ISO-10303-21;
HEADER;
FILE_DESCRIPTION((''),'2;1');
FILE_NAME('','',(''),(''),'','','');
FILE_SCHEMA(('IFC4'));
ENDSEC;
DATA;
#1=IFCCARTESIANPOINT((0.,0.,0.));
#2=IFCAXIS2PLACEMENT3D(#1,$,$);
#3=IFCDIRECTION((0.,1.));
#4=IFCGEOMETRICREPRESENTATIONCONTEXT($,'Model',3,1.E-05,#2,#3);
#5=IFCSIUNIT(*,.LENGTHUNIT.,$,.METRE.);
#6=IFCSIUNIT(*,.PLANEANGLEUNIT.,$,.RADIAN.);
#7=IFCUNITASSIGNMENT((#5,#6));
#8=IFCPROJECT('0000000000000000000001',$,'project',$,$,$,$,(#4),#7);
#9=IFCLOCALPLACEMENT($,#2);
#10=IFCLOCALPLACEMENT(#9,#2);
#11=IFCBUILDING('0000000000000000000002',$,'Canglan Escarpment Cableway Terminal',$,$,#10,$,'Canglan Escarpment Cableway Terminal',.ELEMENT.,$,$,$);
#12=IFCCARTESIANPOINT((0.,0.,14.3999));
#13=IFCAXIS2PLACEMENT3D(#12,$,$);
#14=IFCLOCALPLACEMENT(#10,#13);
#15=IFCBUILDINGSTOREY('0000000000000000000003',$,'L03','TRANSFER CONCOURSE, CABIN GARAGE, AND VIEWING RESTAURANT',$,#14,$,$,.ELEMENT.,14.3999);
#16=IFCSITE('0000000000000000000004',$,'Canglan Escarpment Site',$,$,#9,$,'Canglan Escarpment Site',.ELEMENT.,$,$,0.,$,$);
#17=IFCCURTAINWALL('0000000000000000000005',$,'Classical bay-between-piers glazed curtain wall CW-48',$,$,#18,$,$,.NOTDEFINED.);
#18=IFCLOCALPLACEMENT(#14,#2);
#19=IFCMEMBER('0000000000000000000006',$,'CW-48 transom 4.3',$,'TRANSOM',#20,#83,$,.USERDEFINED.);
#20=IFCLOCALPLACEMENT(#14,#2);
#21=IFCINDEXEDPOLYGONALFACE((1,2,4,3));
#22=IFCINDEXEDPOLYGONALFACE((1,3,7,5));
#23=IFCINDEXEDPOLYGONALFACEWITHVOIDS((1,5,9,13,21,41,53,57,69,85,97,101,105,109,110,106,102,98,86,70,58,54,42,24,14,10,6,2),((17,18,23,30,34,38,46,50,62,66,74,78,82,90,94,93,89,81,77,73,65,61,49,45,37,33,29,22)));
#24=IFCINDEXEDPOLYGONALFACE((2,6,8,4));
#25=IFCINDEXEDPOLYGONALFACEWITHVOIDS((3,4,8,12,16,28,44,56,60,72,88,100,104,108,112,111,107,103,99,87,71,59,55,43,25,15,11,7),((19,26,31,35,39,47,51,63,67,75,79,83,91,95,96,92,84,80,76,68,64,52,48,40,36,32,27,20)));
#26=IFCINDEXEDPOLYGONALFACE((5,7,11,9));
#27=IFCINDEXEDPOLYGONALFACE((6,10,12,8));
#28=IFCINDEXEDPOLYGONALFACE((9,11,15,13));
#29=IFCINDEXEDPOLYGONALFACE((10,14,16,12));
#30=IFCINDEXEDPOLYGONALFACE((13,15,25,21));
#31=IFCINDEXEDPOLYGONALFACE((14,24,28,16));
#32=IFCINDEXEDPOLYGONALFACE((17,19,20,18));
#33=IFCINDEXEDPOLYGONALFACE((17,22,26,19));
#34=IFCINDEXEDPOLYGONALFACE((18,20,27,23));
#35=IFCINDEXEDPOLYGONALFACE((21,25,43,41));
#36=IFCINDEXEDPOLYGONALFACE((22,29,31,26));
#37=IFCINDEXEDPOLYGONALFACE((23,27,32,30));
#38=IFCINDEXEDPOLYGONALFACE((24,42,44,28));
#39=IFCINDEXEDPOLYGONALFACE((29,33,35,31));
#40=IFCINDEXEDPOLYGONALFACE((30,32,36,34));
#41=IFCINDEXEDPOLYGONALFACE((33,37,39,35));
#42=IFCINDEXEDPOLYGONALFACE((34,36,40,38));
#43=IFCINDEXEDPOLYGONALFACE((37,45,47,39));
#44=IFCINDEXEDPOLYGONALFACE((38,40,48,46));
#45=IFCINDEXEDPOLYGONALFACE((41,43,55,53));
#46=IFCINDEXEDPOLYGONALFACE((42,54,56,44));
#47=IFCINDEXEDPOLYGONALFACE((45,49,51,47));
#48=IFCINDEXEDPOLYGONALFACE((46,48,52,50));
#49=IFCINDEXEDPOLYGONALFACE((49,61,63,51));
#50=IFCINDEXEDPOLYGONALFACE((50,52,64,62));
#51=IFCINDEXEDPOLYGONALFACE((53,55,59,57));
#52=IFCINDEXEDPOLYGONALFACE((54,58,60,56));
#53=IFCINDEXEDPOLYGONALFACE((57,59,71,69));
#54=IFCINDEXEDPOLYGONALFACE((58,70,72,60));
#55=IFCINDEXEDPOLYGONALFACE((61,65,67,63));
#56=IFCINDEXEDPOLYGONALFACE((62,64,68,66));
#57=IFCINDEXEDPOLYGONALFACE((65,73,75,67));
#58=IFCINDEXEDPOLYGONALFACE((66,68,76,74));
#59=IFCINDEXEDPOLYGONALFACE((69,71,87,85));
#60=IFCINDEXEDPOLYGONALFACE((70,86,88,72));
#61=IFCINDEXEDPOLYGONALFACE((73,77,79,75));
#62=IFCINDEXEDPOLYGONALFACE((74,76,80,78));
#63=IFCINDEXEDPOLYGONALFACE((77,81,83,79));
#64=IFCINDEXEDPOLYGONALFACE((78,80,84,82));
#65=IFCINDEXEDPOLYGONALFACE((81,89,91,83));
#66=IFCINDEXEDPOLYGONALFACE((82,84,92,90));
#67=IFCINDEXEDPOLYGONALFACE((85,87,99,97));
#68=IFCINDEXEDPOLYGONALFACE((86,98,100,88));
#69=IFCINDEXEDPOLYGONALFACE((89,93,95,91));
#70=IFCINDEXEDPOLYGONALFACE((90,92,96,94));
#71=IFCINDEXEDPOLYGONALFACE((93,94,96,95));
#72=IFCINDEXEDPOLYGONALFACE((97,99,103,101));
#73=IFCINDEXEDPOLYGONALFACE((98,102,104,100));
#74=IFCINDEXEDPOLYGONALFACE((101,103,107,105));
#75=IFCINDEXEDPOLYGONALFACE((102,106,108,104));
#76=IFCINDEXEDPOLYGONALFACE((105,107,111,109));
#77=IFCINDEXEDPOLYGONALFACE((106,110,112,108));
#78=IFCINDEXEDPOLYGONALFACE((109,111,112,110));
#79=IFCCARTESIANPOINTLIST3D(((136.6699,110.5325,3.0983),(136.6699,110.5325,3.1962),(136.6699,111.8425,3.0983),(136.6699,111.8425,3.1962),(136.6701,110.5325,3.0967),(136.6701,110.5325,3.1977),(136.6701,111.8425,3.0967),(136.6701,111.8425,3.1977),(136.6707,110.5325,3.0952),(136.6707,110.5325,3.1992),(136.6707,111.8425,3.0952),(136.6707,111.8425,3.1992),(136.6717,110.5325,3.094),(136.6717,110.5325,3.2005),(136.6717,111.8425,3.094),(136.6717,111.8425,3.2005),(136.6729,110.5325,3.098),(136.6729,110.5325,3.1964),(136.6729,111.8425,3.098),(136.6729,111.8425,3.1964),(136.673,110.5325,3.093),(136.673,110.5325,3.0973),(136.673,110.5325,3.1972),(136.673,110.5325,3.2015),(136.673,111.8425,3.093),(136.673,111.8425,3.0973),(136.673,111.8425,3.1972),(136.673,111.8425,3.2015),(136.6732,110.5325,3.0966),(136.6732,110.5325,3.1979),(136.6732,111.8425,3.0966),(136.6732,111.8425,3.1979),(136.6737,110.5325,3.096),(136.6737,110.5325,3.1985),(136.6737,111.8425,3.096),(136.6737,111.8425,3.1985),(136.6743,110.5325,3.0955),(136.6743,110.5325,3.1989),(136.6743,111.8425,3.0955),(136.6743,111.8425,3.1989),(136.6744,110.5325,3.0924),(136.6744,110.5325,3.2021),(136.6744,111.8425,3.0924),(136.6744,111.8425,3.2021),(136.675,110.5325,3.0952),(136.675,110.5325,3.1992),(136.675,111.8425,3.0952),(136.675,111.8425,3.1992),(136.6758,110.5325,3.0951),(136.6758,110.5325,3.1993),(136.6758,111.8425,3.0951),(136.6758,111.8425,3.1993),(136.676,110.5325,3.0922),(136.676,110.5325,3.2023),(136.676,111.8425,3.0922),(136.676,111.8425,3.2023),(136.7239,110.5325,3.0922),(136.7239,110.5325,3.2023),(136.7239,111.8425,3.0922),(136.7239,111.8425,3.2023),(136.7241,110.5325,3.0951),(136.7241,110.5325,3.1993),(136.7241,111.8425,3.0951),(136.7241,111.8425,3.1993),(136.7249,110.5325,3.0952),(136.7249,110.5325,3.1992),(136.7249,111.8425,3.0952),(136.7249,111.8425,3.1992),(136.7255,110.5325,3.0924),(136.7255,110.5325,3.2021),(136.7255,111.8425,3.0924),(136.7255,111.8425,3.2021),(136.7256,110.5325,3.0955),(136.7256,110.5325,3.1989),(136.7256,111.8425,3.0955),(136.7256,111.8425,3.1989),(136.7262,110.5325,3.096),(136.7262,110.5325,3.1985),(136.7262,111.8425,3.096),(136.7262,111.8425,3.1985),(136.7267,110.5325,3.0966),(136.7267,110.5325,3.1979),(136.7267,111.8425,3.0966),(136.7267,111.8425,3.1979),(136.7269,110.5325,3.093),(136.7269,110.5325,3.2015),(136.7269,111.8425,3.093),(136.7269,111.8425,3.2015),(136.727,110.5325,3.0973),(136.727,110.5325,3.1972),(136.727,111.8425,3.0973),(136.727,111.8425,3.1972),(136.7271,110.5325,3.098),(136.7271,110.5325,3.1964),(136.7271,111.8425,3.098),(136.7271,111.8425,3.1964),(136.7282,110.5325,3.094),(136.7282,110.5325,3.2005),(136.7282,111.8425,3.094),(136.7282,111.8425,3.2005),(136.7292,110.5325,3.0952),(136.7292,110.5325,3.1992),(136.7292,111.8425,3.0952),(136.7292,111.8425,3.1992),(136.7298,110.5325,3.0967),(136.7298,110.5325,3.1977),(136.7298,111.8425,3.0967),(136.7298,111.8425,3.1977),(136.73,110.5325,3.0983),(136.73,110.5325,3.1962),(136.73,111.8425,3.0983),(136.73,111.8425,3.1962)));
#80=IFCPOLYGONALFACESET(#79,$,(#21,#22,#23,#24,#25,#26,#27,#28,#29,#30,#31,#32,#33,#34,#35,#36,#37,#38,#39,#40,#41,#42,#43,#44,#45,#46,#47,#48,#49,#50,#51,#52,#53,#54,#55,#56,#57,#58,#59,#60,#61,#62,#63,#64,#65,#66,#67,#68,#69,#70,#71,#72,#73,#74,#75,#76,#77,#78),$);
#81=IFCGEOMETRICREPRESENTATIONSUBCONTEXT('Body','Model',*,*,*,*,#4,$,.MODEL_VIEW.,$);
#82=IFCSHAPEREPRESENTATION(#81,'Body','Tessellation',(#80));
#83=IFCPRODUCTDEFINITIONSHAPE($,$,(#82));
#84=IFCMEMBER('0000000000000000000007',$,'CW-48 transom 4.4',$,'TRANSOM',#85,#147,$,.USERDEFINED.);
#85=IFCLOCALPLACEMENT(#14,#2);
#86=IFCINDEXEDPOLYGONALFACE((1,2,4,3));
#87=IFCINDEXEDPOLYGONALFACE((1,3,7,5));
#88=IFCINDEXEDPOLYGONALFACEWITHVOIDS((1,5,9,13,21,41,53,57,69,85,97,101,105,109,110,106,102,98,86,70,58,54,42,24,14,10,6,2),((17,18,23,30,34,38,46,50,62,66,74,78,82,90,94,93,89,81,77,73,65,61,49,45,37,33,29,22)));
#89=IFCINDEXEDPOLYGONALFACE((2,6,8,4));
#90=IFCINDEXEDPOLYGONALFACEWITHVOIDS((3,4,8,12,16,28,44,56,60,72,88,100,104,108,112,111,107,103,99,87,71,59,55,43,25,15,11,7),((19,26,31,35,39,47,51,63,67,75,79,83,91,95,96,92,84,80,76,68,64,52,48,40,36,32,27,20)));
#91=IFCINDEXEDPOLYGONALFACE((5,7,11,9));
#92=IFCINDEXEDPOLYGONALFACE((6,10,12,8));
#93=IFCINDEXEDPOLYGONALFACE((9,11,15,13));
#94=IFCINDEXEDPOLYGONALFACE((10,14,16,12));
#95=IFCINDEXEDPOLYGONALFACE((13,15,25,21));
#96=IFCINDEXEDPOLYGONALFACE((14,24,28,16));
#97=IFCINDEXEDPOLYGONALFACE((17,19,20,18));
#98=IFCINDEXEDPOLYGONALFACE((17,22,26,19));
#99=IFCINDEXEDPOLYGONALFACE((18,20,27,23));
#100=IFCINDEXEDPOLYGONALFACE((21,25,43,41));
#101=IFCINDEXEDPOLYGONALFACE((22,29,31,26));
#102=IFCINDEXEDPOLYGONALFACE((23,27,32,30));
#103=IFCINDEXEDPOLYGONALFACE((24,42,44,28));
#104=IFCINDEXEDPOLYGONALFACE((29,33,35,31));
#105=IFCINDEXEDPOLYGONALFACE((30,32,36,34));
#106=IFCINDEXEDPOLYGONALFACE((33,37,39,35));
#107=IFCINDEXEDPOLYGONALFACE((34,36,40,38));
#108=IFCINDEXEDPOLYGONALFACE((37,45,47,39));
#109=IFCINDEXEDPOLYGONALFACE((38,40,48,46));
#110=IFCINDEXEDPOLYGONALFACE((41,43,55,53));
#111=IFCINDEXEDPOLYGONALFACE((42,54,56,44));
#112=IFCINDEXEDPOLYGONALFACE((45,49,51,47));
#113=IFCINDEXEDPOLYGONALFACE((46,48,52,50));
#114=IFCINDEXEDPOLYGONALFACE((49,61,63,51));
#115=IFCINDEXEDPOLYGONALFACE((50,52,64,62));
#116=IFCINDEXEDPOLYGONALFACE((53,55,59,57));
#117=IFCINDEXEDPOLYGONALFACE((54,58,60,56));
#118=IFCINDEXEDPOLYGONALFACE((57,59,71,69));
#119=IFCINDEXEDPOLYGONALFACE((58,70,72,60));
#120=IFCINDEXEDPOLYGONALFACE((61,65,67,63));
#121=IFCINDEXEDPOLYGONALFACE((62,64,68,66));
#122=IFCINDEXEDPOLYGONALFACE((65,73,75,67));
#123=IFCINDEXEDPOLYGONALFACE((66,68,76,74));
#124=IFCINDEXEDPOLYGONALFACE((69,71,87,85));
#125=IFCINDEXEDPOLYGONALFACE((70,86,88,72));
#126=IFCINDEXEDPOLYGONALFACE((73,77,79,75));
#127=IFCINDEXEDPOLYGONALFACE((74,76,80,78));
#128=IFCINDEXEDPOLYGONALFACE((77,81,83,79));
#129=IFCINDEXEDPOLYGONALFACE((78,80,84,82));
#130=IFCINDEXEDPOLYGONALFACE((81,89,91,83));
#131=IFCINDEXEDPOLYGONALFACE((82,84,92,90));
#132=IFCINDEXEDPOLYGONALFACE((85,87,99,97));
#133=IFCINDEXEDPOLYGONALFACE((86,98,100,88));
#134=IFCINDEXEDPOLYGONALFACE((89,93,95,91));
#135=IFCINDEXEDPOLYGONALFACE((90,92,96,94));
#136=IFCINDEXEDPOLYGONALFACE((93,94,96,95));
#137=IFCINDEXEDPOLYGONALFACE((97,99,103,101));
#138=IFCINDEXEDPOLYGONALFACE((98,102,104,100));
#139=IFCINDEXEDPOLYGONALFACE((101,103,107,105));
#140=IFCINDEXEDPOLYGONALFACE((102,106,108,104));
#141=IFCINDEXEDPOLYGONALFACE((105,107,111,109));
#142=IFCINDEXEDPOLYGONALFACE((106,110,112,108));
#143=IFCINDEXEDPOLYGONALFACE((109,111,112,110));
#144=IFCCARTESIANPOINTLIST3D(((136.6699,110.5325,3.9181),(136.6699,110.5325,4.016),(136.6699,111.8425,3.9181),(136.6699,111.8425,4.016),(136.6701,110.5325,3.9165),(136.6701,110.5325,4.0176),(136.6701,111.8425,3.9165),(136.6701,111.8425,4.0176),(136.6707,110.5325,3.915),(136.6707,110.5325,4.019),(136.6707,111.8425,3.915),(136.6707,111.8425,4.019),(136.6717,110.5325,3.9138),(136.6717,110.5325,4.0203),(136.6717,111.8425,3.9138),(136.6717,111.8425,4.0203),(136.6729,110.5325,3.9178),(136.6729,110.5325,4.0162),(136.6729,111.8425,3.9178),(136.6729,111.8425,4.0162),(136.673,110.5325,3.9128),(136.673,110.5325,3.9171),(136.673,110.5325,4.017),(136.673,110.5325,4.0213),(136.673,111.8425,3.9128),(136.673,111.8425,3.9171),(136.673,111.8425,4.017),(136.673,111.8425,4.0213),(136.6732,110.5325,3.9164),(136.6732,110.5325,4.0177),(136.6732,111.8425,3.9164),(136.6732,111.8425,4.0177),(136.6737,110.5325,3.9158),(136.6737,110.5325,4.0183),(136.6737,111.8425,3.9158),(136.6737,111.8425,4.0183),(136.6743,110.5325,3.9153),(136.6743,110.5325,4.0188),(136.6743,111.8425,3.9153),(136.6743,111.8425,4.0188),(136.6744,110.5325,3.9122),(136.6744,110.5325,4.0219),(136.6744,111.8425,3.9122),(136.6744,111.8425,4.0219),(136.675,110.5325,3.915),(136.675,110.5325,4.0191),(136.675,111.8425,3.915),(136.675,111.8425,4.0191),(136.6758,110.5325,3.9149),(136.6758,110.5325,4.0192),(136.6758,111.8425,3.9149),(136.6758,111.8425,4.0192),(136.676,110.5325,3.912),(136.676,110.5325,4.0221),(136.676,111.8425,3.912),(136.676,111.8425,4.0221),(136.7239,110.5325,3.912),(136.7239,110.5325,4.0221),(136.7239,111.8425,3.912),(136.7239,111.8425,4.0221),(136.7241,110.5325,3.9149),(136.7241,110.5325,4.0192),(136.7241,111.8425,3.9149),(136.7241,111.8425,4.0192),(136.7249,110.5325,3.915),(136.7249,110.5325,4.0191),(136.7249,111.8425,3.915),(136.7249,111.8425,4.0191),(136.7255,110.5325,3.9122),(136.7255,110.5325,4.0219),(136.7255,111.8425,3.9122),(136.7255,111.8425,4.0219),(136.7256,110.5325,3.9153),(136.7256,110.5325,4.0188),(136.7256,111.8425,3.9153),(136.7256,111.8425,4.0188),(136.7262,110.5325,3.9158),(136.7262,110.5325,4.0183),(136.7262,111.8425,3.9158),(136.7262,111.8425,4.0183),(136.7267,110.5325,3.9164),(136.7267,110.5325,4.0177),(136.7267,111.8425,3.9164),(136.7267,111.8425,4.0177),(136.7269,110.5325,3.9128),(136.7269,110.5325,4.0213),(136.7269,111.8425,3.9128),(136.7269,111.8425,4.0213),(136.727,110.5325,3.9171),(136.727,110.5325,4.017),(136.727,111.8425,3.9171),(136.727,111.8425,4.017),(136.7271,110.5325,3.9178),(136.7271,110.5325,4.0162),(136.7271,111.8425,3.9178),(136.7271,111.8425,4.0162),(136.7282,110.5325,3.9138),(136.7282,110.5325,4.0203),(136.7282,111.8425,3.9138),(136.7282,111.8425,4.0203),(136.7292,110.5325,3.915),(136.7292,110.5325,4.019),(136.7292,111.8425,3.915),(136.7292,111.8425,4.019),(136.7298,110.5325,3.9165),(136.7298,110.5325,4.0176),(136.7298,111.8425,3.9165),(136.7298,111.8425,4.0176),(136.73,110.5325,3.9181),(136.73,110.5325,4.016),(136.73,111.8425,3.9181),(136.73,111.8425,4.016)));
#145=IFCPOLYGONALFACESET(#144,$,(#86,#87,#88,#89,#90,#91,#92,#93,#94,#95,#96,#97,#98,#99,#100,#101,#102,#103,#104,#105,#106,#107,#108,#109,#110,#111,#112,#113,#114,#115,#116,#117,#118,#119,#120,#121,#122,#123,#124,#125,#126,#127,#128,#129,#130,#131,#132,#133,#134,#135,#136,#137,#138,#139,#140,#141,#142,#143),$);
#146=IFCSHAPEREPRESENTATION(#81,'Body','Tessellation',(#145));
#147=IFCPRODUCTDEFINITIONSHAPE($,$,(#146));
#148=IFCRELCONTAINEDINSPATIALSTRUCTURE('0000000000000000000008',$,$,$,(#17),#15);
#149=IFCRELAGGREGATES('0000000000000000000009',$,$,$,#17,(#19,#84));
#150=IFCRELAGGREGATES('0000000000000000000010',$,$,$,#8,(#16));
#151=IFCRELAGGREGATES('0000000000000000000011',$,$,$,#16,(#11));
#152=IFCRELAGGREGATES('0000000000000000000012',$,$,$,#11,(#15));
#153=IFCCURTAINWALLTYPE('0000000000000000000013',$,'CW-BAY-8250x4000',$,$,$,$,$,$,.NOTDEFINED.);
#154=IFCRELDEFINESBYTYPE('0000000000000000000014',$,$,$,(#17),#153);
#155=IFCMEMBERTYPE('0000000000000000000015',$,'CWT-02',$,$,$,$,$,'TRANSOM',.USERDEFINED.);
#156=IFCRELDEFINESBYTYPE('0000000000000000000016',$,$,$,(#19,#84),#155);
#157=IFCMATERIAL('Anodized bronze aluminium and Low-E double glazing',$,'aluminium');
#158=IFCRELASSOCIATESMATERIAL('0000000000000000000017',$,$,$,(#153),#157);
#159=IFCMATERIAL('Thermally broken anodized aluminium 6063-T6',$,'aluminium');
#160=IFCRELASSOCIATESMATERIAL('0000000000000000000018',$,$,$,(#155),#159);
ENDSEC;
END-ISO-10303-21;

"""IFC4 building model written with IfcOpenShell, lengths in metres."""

from ifc_helpers import new_model, si_unit, direction, frame, origin, origin_2d, place, context, subcontext, project, spatial, hollow_rectangle, extrude, material, material_profile, profile_set, type_object, element, aggregate, save


model = new_model("IFC4")

# Units and contexts
model_context = context("Model", 3, precision=1e-05, world=origin(), true_north=direction((0.0, 1.0)))
body_context = subcontext(model_context, "Body", "Model", "MODEL_VIEW")
ifc_project = project(units=[si_unit("LENGTHUNIT", "METRE"), si_unit("PLANEANGLEUNIT", "RADIAN")], contexts=[model_context])

# Site, building, storey
site_placement = place(None, origin())
site = spatial("IfcSite", under=ifc_project, at=site_placement, Name="Canglan Escarpment Site", LongName="Canglan Escarpment Site", CompositionType="ELEMENT", RefElevation=0.0)
building_placement = place(site_placement, origin())
building = spatial("IfcBuilding", under=site, at=building_placement, Name="Canglan Escarpment Cableway Terminal", LongName="Canglan Escarpment Cableway Terminal", CompositionType="ELEMENT")
storey_placement = place(building_placement, frame((0.0, 0.0, 14.3999)))
storey = spatial("IfcBuildingStorey", under=building, at=storey_placement, Name="L03", Description="TRANSFER CONCOURSE, CABIN GARAGE, AND VIEWING RESTAURANT", CompositionType="ELEMENT", Elevation=14.3999)

# Curtain wall, members
ifc_material_1 = material(Name="Anodized bronze aluminium and Low-E double glazing", Category="aluminium")
curtain_wall_type_1 = type_object("IfcCurtainWallType", Name="CW-BAY-8250x4000", PredefinedType="NOTDEFINED", material=ifc_material_1)
curtain_wall_1_placement = place(storey_placement, origin())
curtain_wall_1 = element("IfcCurtainWall", 1, at=curtain_wall_1_placement, inside=storey, type_object=curtain_wall_type_1, Name="Classical bay-between-piers glazed curtain wall CW-48", PredefinedType="NOTDEFINED")
ifc_material_2 = material(Name="Thermally broken anodized aluminium 6063-T6", Category="aluminium")
ifc_material_profile_1 = material_profile(ifc_material_2, hollow_rectangle(XDim=0.0601, YDim=0.1101, WallThickness=0.0029, InnerFilletRadius=0.0029, OuterFilletRadius=0.0061, at=origin_2d()), Name="ALU-TRAN 60x110x3")
ifc_profile_set_1 = profile_set([ifc_material_profile_1], Name="Thermally broken anodized aluminium 6063-T6")
member_type_1 = type_object("IfcMemberType", Name="CWT-02", ElementType="TRANSOM", PredefinedType="USERDEFINED", material=ifc_profile_set_1)
member_1_placement = place(storey_placement, frame((136.7, 110.5325, 3.1472), z_axis=(0.0, 1.0, 0.0), x_axis=(-1.0, 0.0, 0.0)))
member_1 = element("IfcMember", 2, at=member_1_placement, type_object=member_type_1, Name="CW-48 transom 4.3", ObjectType="TRANSOM", PredefinedType="USERDEFINED", context=body_context, shape_type="SweptSolid", body=[
    extrude(hollow_rectangle(XDim=0.0601, YDim=0.1101, WallThickness=0.0029, InnerFilletRadius=0.0029, OuterFilletRadius=0.0061, at=origin_2d()), origin(), (0.0, 0.0, 1.0), 1.3101),
])
member_2_placement = place(storey_placement, frame((136.7, 110.5325, 3.967), z_axis=(0.0, 1.0, 0.0), x_axis=(-1.0, 0.0, 0.0)))
member_2 = element("IfcMember", 3, at=member_2_placement, type_object=member_type_1, Name="CW-48 transom 4.4", ObjectType="TRANSOM", PredefinedType="USERDEFINED", context=body_context, shape_type="SweptSolid", body=[
    extrude(hollow_rectangle(XDim=0.0601, YDim=0.1101, WallThickness=0.0029, InnerFilletRadius=0.0029, OuterFilletRadius=0.0061, at=origin_2d()), origin(), (0.0, 0.0, 1.0), 1.3101),
])

aggregate(curtain_wall_1, [member_1, member_2])

save(model, "model.ifc")
